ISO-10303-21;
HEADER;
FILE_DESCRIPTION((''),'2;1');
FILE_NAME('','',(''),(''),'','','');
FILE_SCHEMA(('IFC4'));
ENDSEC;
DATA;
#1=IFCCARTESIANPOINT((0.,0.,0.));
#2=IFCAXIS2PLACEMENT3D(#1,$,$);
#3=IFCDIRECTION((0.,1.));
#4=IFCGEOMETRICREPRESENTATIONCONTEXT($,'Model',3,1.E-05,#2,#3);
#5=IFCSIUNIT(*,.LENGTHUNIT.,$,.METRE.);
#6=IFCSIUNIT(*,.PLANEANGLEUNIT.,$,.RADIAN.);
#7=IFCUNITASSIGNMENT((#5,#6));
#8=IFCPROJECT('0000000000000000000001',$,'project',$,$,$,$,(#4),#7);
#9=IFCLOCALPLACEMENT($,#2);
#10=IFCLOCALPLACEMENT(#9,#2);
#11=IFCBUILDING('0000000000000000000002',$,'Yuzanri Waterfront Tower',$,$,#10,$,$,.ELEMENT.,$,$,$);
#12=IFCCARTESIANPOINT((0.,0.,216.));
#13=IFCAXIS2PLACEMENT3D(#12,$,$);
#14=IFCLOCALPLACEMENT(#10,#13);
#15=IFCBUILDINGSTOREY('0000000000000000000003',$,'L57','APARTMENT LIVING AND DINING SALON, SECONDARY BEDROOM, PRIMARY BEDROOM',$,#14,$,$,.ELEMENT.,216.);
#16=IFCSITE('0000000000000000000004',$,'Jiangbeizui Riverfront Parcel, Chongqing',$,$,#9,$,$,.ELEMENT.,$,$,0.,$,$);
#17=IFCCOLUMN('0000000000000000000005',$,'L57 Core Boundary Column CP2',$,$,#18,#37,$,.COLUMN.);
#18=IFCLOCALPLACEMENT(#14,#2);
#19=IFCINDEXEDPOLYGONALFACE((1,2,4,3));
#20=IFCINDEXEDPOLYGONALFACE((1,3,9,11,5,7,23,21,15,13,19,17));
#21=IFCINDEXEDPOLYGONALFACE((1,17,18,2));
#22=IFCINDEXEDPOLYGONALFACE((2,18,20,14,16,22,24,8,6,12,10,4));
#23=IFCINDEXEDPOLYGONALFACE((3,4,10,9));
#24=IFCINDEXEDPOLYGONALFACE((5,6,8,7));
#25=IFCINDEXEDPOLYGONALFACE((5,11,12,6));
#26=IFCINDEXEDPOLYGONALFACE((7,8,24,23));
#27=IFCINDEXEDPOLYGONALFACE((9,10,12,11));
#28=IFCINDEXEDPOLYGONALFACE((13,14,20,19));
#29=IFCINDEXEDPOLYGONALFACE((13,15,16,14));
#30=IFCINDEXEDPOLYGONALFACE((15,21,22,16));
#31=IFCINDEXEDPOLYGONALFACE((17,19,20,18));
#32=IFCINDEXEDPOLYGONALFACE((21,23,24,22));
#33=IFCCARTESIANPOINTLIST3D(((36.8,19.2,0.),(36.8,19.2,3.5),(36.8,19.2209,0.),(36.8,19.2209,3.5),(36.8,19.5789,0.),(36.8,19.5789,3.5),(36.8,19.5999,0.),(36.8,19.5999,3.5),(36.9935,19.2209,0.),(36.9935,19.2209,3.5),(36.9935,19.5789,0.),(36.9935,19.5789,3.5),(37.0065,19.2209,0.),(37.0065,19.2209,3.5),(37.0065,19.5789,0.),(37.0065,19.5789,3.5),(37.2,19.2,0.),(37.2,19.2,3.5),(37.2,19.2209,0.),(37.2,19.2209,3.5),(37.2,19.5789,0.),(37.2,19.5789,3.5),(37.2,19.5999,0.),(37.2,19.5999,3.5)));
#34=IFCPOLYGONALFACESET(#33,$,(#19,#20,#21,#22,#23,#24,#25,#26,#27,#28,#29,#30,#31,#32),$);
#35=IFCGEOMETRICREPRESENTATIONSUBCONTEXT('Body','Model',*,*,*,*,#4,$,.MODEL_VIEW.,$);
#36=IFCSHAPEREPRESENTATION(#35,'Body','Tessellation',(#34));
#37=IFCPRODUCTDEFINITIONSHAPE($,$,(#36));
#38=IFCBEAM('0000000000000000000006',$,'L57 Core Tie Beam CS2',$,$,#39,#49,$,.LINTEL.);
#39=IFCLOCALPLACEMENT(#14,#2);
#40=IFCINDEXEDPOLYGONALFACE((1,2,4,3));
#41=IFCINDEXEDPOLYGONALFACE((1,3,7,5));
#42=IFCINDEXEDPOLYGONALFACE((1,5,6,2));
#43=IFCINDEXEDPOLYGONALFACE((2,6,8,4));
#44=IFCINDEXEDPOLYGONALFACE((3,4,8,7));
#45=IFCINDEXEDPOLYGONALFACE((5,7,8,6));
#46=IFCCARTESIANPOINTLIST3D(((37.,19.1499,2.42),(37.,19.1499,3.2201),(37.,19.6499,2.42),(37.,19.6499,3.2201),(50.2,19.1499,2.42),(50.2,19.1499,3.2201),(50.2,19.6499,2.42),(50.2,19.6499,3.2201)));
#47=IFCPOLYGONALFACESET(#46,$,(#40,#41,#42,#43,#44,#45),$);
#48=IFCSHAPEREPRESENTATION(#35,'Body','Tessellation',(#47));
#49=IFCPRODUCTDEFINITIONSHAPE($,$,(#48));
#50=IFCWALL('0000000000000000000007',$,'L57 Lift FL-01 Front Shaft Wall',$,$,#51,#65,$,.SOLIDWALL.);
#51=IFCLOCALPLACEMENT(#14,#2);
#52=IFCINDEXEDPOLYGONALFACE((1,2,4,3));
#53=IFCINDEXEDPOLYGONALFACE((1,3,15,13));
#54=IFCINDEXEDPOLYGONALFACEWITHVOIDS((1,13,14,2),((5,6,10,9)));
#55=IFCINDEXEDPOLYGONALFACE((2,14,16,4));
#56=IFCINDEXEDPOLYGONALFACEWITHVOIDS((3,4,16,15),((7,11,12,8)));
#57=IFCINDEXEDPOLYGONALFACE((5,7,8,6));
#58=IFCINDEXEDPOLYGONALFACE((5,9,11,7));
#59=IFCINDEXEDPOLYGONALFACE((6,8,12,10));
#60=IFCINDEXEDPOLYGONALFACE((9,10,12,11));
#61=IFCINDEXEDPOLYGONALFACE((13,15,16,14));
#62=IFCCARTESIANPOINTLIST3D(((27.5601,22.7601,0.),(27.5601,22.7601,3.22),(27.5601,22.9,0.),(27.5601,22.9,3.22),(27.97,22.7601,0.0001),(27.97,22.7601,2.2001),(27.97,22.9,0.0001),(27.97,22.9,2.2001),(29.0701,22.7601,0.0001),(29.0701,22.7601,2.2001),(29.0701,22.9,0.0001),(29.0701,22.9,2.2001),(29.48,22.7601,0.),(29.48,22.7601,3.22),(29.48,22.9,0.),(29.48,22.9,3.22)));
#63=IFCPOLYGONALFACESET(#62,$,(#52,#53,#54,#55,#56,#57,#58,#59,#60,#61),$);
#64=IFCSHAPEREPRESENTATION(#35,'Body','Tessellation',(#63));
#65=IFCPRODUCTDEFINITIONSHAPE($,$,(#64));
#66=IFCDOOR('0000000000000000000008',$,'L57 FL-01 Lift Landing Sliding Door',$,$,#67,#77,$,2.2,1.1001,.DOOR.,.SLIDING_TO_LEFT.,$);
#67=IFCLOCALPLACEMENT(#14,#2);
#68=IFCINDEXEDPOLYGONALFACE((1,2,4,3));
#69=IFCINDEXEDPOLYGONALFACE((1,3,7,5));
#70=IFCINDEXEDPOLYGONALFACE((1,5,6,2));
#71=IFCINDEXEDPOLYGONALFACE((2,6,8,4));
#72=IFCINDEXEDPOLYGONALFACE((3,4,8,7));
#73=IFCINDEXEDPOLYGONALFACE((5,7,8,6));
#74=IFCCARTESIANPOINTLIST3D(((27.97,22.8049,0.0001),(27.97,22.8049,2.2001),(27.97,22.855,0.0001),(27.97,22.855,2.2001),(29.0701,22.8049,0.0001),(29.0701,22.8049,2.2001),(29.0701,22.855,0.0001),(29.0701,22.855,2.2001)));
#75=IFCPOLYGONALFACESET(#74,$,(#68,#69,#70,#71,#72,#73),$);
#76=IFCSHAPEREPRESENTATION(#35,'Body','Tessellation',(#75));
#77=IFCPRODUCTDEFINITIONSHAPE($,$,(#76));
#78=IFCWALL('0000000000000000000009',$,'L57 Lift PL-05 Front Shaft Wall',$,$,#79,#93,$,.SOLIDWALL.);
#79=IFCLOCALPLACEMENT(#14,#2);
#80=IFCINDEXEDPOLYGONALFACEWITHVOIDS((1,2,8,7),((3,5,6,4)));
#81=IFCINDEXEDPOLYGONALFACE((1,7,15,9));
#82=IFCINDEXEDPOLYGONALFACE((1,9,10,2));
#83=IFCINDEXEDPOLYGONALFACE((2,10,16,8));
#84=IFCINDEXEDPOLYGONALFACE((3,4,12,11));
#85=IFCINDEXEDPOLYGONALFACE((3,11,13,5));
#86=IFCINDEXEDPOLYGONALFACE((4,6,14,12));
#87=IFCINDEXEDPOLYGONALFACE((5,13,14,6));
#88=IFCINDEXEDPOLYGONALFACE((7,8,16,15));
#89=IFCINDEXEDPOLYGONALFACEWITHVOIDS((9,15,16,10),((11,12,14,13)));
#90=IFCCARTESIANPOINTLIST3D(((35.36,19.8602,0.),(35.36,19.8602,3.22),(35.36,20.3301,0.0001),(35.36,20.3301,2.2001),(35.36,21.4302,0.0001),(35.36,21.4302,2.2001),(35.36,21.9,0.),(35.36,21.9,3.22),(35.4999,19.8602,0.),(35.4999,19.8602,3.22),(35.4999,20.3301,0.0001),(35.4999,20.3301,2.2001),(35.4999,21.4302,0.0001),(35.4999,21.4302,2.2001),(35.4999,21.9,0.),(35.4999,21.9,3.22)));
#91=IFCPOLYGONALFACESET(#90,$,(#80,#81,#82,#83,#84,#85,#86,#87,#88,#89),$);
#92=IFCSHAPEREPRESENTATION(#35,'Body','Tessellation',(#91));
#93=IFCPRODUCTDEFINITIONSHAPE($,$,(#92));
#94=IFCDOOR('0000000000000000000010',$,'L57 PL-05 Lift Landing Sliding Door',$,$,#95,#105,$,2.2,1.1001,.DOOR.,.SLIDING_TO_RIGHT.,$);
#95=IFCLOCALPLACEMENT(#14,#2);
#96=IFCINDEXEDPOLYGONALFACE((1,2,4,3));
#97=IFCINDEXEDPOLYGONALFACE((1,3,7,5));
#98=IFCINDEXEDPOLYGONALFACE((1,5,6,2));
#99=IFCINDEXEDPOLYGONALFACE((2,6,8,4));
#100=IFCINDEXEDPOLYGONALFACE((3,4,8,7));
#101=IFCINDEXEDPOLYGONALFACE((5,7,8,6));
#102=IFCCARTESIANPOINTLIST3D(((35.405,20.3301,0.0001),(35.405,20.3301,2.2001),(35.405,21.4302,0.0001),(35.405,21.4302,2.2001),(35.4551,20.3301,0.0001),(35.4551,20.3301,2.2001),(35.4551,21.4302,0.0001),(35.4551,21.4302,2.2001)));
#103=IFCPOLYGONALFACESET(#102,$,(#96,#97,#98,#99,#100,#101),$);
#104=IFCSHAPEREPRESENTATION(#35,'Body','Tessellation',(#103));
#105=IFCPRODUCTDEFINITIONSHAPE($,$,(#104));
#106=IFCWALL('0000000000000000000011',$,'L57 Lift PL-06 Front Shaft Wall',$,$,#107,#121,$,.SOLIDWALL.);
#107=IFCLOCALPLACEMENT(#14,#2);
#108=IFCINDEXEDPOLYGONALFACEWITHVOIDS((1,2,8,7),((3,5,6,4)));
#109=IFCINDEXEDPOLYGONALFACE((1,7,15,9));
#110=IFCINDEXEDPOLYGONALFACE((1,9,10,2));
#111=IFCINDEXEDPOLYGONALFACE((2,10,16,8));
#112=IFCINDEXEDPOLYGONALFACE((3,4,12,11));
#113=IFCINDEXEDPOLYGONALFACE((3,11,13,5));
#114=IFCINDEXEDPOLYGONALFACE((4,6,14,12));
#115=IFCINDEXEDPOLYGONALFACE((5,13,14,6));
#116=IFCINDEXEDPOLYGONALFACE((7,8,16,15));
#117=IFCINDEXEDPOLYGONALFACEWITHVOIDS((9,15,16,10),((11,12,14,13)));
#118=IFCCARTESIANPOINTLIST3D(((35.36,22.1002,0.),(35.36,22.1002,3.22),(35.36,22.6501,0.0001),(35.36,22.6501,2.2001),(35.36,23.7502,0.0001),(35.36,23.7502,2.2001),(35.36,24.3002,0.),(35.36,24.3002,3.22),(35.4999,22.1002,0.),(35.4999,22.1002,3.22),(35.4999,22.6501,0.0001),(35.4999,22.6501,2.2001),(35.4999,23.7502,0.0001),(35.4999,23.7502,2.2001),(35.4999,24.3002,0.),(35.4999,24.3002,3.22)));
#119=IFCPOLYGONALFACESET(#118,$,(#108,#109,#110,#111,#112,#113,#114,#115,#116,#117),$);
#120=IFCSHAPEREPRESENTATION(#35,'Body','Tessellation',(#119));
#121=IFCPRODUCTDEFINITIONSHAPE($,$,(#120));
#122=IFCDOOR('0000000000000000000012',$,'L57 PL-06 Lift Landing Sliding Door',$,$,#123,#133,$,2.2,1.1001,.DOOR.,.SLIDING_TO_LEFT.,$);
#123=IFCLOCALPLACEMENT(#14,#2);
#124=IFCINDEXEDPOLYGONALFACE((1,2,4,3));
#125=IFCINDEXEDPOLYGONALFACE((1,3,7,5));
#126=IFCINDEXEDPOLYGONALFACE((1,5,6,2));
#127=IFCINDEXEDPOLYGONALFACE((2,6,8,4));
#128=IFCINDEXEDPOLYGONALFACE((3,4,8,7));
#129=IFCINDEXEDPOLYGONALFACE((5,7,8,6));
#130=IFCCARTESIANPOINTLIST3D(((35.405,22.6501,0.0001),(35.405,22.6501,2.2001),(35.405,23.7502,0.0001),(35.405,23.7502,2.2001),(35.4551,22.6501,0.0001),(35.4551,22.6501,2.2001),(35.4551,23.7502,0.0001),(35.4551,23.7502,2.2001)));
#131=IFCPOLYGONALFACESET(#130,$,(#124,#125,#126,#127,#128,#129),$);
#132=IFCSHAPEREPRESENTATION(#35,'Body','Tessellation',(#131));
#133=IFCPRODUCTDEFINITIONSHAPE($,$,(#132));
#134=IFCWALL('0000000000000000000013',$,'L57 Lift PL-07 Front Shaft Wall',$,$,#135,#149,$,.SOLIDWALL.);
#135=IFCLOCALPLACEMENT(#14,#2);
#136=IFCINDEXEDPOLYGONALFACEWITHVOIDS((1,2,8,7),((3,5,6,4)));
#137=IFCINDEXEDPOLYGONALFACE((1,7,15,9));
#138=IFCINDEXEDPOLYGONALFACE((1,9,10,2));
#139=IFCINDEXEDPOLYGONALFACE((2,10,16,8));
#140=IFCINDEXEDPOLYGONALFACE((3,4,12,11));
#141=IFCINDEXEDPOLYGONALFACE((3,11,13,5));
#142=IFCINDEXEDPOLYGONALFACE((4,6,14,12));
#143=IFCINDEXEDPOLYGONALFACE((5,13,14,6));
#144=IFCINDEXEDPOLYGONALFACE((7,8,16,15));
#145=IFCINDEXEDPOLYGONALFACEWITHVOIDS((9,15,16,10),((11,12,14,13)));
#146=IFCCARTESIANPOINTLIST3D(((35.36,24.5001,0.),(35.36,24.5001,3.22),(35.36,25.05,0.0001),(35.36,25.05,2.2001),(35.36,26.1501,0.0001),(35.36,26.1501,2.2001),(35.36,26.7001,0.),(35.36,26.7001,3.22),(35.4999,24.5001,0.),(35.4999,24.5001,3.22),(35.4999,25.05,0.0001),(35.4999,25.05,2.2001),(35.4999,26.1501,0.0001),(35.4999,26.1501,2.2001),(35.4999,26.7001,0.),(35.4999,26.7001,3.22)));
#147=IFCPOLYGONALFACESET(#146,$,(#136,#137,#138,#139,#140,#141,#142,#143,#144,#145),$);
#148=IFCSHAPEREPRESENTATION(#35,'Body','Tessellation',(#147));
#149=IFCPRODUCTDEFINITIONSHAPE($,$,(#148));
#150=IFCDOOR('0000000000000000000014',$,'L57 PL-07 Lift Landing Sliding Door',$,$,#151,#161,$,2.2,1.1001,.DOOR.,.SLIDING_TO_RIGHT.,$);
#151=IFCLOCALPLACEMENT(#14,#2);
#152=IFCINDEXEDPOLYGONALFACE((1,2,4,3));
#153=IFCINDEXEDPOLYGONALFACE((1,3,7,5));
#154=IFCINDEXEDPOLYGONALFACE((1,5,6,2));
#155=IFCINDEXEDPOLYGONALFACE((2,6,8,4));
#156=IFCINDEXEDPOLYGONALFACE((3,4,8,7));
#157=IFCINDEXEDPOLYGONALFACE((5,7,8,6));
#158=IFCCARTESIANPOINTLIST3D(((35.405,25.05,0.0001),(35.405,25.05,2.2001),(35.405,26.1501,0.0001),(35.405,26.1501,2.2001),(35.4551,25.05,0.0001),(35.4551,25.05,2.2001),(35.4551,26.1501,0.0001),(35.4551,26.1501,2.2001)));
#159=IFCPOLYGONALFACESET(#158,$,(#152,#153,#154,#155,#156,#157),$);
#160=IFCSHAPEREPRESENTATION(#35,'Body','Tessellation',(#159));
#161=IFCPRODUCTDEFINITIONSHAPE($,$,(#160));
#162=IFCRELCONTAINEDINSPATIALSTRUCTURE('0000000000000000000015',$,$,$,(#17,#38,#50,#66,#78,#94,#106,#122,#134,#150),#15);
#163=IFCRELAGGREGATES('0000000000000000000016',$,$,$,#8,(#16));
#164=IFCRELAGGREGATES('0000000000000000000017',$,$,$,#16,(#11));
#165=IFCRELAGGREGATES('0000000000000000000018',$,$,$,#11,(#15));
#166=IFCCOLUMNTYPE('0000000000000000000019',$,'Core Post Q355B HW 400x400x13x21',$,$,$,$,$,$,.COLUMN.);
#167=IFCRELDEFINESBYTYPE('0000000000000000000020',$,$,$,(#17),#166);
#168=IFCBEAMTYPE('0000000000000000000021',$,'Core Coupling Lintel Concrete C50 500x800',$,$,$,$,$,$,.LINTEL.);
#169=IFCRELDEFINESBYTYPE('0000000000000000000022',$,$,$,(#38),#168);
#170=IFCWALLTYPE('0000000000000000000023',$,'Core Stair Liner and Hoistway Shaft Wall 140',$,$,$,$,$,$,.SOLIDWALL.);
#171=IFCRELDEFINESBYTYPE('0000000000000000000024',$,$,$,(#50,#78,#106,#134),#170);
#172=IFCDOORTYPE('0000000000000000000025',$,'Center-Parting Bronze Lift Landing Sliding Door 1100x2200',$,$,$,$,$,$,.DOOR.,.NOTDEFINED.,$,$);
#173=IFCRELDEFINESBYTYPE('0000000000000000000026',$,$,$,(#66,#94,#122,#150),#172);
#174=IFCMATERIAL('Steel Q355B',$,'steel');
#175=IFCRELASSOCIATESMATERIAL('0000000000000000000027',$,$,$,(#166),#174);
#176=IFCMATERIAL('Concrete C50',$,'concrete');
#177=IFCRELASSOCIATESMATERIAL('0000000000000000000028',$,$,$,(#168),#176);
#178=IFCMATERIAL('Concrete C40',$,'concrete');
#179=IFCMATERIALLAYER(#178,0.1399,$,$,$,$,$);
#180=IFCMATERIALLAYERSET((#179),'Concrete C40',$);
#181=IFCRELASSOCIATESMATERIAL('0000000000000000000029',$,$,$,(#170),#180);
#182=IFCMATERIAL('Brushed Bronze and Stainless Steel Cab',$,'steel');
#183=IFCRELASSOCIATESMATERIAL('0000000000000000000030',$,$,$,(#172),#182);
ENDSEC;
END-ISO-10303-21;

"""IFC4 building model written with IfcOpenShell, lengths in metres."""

from ifc_helpers import new_model, si_unit, direction, frame, frame_2d, origin, origin_2d, place, context, subcontext, project, spatial, rectangle, i_section, extrude, source, transform, mapped, material, layer, layer_set, material_profile, profile_set, type_object, element, fill, save


model = new_model("IFC4")

# Units and contexts
model_context = context("Model", 3, precision=1e-05, world=origin(), true_north=direction((0.0, 1.0)))
body_context = subcontext(model_context, "Body", "Model", "MODEL_VIEW")
ifc_project = project(units=[si_unit("LENGTHUNIT", "METRE"), si_unit("PLANEANGLEUNIT", "RADIAN")], contexts=[model_context])

# Site, building, storey
site_placement = place(None, origin())
site = spatial("IfcSite", under=ifc_project, at=site_placement, Name="Jiangbeizui Riverfront Parcel, Chongqing", CompositionType="ELEMENT", RefElevation=0.0)
building_placement = place(site_placement, origin())
building = spatial("IfcBuilding", under=site, at=building_placement, Name="Yuzanri Waterfront Tower", CompositionType="ELEMENT")
storey_placement = place(building_placement, frame((0.0, 0.0, 216.0)))
storey = spatial("IfcBuildingStorey", under=building, at=storey_placement, Name="L57", Description="APARTMENT LIVING AND DINING SALON, SECONDARY BEDROOM, PRIMARY BEDROOM", CompositionType="ELEMENT", Elevation=216.0)

# Column
ifc_material_1 = material(Name="Steel Q355B", Category="steel")
ifc_material_profile_1 = material_profile(ifc_material_1, i_section(OverallWidth=0.3999, OverallDepth=0.3999, WebThickness=0.0129, FlangeThickness=0.021, at=origin_2d()), Name="HW 400x400x13x21")
ifc_profile_set_1 = profile_set([ifc_material_profile_1], Name="Steel Q355B")
column_type = type_object("IfcColumnType", Name="Core Post Q355B HW 400x400x13x21", PredefinedType="COLUMN", material=ifc_profile_set_1)
shared_shape_1 = source(origin(), body_context, "Body", "SweptSolid", [
    extrude(i_section(OverallWidth=0.3999, OverallDepth=0.3999, WebThickness=0.0129, FlangeThickness=0.021, at=origin_2d()), origin(), (0.0, 0.0, 1.0), 3.5),
])
column_placement = place(storey_placement, frame((37.0, 19.3999, 0.0), z_axis=(0.0, 0.0, 1.0), x_axis=(1.0, 0.0, 0.0)))
element("IfcColumn", 1, at=column_placement, inside=storey, type_object=column_type, Name="L57 Core Boundary Column CP2", PredefinedType="COLUMN", context=body_context, shape_type="MappedRepresentation", body=[
    mapped(shared_shape_1, transform((0.0, 0.0, 0.0), scale=1.0)),
])

# Beam
ifc_material_2 = material(Name="Concrete C50", Category="concrete")
ifc_material_profile_2 = material_profile(ifc_material_2, rectangle(XDim=0.5, YDim=0.8, at=origin_2d()), Name="RC 500x800")
ifc_profile_set_2 = profile_set([ifc_material_profile_2], Name="Concrete C50")
beam_type = type_object("IfcBeamType", Name="Core Coupling Lintel Concrete C50 500x800", PredefinedType="LINTEL", material=ifc_profile_set_2)
shared_shape_2 = source(origin(), body_context, "Body", "SweptSolid", [
    extrude(rectangle(XDim=0.5, YDim=0.8, at=origin_2d()), origin(), (0.0, 0.0, 1.0), 13.2),
])
beam_placement = place(storey_placement, frame((37.0, 19.3999, 2.8201), z_axis=(1.0, 0.0, 0.0), x_axis=(0.0, 1.0, 0.0)))
element("IfcBeam", 2, at=beam_placement, inside=storey, type_object=beam_type, Name="L57 Core Tie Beam CS2", PredefinedType="LINTEL", context=body_context, shape_type="MappedRepresentation", body=[
    mapped(shared_shape_2, transform((0.0, 0.0, 0.0), scale=1.0)),
])

# Walls, openings, doors
ifc_material_3 = material(Name="Concrete C40", Category="concrete")
ifc_layer_1 = layer(ifc_material_3, 0.1399)
ifc_layer_set_1 = layer_set([ifc_layer_1], Name="Concrete C40")
wall_type_1 = type_object("IfcWallType", Name="Core Stair Liner and Hoistway Shaft Wall 140", PredefinedType="SOLIDWALL", material=ifc_layer_set_1)
wall_1_placement = place(storey_placement, frame((27.5601, 22.8301, 0.0), z_axis=(0.0, 0.0, 1.0), x_axis=(1.0, 0.0, 0.0)))
wall_1 = element("IfcWall", 3, at=wall_1_placement, inside=storey, type_object=wall_type_1, Name="L57 Lift FL-01 Front Shaft Wall", PredefinedType="SOLIDWALL", context=body_context, shape_type="SweptSolid", body=[
    extrude(rectangle(XDim=1.9199, YDim=0.1399, at=frame_2d((0.96, 0.0))), origin(), (0.0, 0.0, 1.0), 3.22),
])
opening_1_placement = place(wall_1_placement, frame((0.4099, 0.0, 0.0)))
opening_1 = element("IfcOpeningElement", 4, at=opening_1_placement, cuts=wall_1, PredefinedType="OPENING", context=body_context, shape_type="SweptSolid", body=[
    extrude(rectangle(XDim=1.1001, YDim=2.2, at=frame_2d((0.55, 1.1001))), frame((0.0, 0.085, 0.0), z_axis=(0.0, -1.0, 0.0), x_axis=(1.0, 0.0, 0.0)), (0.0, 0.0, 1.0), 0.1697),
])
ifc_material_4 = material(Name="Brushed Bronze and Stainless Steel Cab", Category="steel")
door_type_1 = type_object("IfcDoorType", Name="Center-Parting Bronze Lift Landing Sliding Door 1100x2200", OperationType="NOTDEFINED", PredefinedType="DOOR", material=ifc_material_4)
shared_shape_3 = source(origin(), body_context, "Body", "SweptSolid", [
    extrude(rectangle(XDim=1.1001, YDim=2.2, at=frame_2d((0.55, 1.1001))), frame((0.0, 0.0249, 0.0), z_axis=(0.0, -1.0, 0.0), x_axis=(1.0, 0.0, 0.0)), (0.0, 0.0, 1.0), 0.05),
])
door_1_placement = place(opening_1_placement, origin())
door_1 = element("IfcDoor", 5, at=door_1_placement, inside=storey, type_object=door_type_1, Name="L57 FL-01 Lift Landing Sliding Door", OperationType="SLIDING_TO_LEFT", OverallHeight=2.2, OverallWidth=1.1001, PredefinedType="DOOR", context=body_context, shape_type="MappedRepresentation", body=[
    mapped(shared_shape_3, transform((0.0, 0.0, 0.0), scale=1.0)),
])
fill(opening_1, door_1)
wall_2_placement = place(storey_placement, frame((35.4299, 19.8601, 0.0), z_axis=(0.0, 0.0, 1.0), x_axis=(0.0, 1.0, 0.0)))
wall_2 = element("IfcWall", 6, at=wall_2_placement, inside=storey, type_object=wall_type_1, Name="L57 Lift PL-05 Front Shaft Wall", PredefinedType="SOLIDWALL", context=body_context, shape_type="SweptSolid", body=[
    extrude(rectangle(XDim=2.0398, YDim=0.1399, at=frame_2d((1.02, 0.0))), origin(), (0.0, 0.0, 1.0), 3.22),
])
opening_2_placement = place(wall_2_placement, frame((0.47, 0.0, 0.0)))
opening_2 = element("IfcOpeningElement", 7, at=opening_2_placement, cuts=wall_2, PredefinedType="OPENING", context=body_context, shape_type="SweptSolid", body=[
    extrude(rectangle(XDim=1.1001, YDim=2.2, at=frame_2d((0.55, 1.1001))), frame((0.0, 0.085, 0.0), z_axis=(0.0, -1.0, 0.0), x_axis=(1.0, 0.0, 0.0)), (0.0, 0.0, 1.0), 0.1697),
])
door_2_placement = place(opening_2_placement, origin())
door_2 = element("IfcDoor", 8, at=door_2_placement, inside=storey, type_object=door_type_1, Name="L57 PL-05 Lift Landing Sliding Door", OperationType="SLIDING_TO_RIGHT", OverallHeight=2.2, OverallWidth=1.1001, PredefinedType="DOOR", context=body_context, shape_type="MappedRepresentation", body=[
    mapped(shared_shape_3, transform((0.0, 0.0, 0.0), scale=1.0)),
])
fill(opening_2, door_2)
wall_3_placement = place(storey_placement, frame((35.4299, 22.1001, 0.0), z_axis=(0.0, 0.0, 1.0), x_axis=(0.0, 1.0, 0.0)))
wall_3 = element("IfcWall", 9, at=wall_3_placement, inside=storey, type_object=wall_type_1, Name="L57 Lift PL-06 Front Shaft Wall", PredefinedType="SOLIDWALL", context=body_context, shape_type="SweptSolid", body=[
    extrude(rectangle(XDim=2.2, YDim=0.1399, at=frame_2d((1.1001, 0.0))), origin(), (0.0, 0.0, 1.0), 3.22),
])
opening_3_placement = place(wall_3_placement, frame((0.55, 0.0, 0.0)))
opening_3 = element("IfcOpeningElement", 10, at=opening_3_placement, cuts=wall_3, PredefinedType="OPENING", context=body_context, shape_type="SweptSolid", body=[
    extrude(rectangle(XDim=1.1001, YDim=2.2, at=frame_2d((0.55, 1.1001))), frame((0.0, 0.085, 0.0), z_axis=(0.0, -1.0, 0.0), x_axis=(1.0, 0.0, 0.0)), (0.0, 0.0, 1.0), 0.1697),
])
door_3_placement = place(opening_3_placement, origin())
door_3 = element("IfcDoor", 11, at=door_3_placement, inside=storey, type_object=door_type_1, Name="L57 PL-06 Lift Landing Sliding Door", OperationType="SLIDING_TO_LEFT", OverallHeight=2.2, OverallWidth=1.1001, PredefinedType="DOOR", context=body_context, shape_type="MappedRepresentation", body=[
    mapped(shared_shape_3, transform((0.0, 0.0, 0.0), scale=1.0)),
])
fill(opening_3, door_3)
wall_4_placement = place(storey_placement, frame((35.4299, 24.5, 0.0), z_axis=(0.0, 0.0, 1.0), x_axis=(0.0, 1.0, 0.0)))
wall_4 = element("IfcWall", 12, at=wall_4_placement, inside=storey, type_object=wall_type_1, Name="L57 Lift PL-07 Front Shaft Wall", PredefinedType="SOLIDWALL", context=body_context, shape_type="SweptSolid", body=[
    extrude(rectangle(XDim=2.2, YDim=0.1399, at=frame_2d((1.1001, 0.0))), origin(), (0.0, 0.0, 1.0), 3.22),
])
opening_4_placement = place(wall_4_placement, frame((0.55, 0.0, 0.0)))
opening_4 = element("IfcOpeningElement", 13, at=opening_4_placement, cuts=wall_4, PredefinedType="OPENING", context=body_context, shape_type="SweptSolid", body=[
    extrude(rectangle(XDim=1.1001, YDim=2.2, at=frame_2d((0.55, 1.1001))), frame((0.0, 0.085, 0.0), z_axis=(0.0, -1.0, 0.0), x_axis=(1.0, 0.0, 0.0)), (0.0, 0.0, 1.0), 0.1697),
])
door_4_placement = place(opening_4_placement, origin())
door_4 = element("IfcDoor", 14, at=door_4_placement, inside=storey, type_object=door_type_1, Name="L57 PL-07 Lift Landing Sliding Door", OperationType="SLIDING_TO_RIGHT", OverallHeight=2.2, OverallWidth=1.1001, PredefinedType="DOOR", context=body_context, shape_type="MappedRepresentation", body=[
    mapped(shared_shape_3, transform((0.0, 0.0, 0.0), scale=1.0)),
])
fill(opening_4, door_4)

save(model, "model.ifc")
